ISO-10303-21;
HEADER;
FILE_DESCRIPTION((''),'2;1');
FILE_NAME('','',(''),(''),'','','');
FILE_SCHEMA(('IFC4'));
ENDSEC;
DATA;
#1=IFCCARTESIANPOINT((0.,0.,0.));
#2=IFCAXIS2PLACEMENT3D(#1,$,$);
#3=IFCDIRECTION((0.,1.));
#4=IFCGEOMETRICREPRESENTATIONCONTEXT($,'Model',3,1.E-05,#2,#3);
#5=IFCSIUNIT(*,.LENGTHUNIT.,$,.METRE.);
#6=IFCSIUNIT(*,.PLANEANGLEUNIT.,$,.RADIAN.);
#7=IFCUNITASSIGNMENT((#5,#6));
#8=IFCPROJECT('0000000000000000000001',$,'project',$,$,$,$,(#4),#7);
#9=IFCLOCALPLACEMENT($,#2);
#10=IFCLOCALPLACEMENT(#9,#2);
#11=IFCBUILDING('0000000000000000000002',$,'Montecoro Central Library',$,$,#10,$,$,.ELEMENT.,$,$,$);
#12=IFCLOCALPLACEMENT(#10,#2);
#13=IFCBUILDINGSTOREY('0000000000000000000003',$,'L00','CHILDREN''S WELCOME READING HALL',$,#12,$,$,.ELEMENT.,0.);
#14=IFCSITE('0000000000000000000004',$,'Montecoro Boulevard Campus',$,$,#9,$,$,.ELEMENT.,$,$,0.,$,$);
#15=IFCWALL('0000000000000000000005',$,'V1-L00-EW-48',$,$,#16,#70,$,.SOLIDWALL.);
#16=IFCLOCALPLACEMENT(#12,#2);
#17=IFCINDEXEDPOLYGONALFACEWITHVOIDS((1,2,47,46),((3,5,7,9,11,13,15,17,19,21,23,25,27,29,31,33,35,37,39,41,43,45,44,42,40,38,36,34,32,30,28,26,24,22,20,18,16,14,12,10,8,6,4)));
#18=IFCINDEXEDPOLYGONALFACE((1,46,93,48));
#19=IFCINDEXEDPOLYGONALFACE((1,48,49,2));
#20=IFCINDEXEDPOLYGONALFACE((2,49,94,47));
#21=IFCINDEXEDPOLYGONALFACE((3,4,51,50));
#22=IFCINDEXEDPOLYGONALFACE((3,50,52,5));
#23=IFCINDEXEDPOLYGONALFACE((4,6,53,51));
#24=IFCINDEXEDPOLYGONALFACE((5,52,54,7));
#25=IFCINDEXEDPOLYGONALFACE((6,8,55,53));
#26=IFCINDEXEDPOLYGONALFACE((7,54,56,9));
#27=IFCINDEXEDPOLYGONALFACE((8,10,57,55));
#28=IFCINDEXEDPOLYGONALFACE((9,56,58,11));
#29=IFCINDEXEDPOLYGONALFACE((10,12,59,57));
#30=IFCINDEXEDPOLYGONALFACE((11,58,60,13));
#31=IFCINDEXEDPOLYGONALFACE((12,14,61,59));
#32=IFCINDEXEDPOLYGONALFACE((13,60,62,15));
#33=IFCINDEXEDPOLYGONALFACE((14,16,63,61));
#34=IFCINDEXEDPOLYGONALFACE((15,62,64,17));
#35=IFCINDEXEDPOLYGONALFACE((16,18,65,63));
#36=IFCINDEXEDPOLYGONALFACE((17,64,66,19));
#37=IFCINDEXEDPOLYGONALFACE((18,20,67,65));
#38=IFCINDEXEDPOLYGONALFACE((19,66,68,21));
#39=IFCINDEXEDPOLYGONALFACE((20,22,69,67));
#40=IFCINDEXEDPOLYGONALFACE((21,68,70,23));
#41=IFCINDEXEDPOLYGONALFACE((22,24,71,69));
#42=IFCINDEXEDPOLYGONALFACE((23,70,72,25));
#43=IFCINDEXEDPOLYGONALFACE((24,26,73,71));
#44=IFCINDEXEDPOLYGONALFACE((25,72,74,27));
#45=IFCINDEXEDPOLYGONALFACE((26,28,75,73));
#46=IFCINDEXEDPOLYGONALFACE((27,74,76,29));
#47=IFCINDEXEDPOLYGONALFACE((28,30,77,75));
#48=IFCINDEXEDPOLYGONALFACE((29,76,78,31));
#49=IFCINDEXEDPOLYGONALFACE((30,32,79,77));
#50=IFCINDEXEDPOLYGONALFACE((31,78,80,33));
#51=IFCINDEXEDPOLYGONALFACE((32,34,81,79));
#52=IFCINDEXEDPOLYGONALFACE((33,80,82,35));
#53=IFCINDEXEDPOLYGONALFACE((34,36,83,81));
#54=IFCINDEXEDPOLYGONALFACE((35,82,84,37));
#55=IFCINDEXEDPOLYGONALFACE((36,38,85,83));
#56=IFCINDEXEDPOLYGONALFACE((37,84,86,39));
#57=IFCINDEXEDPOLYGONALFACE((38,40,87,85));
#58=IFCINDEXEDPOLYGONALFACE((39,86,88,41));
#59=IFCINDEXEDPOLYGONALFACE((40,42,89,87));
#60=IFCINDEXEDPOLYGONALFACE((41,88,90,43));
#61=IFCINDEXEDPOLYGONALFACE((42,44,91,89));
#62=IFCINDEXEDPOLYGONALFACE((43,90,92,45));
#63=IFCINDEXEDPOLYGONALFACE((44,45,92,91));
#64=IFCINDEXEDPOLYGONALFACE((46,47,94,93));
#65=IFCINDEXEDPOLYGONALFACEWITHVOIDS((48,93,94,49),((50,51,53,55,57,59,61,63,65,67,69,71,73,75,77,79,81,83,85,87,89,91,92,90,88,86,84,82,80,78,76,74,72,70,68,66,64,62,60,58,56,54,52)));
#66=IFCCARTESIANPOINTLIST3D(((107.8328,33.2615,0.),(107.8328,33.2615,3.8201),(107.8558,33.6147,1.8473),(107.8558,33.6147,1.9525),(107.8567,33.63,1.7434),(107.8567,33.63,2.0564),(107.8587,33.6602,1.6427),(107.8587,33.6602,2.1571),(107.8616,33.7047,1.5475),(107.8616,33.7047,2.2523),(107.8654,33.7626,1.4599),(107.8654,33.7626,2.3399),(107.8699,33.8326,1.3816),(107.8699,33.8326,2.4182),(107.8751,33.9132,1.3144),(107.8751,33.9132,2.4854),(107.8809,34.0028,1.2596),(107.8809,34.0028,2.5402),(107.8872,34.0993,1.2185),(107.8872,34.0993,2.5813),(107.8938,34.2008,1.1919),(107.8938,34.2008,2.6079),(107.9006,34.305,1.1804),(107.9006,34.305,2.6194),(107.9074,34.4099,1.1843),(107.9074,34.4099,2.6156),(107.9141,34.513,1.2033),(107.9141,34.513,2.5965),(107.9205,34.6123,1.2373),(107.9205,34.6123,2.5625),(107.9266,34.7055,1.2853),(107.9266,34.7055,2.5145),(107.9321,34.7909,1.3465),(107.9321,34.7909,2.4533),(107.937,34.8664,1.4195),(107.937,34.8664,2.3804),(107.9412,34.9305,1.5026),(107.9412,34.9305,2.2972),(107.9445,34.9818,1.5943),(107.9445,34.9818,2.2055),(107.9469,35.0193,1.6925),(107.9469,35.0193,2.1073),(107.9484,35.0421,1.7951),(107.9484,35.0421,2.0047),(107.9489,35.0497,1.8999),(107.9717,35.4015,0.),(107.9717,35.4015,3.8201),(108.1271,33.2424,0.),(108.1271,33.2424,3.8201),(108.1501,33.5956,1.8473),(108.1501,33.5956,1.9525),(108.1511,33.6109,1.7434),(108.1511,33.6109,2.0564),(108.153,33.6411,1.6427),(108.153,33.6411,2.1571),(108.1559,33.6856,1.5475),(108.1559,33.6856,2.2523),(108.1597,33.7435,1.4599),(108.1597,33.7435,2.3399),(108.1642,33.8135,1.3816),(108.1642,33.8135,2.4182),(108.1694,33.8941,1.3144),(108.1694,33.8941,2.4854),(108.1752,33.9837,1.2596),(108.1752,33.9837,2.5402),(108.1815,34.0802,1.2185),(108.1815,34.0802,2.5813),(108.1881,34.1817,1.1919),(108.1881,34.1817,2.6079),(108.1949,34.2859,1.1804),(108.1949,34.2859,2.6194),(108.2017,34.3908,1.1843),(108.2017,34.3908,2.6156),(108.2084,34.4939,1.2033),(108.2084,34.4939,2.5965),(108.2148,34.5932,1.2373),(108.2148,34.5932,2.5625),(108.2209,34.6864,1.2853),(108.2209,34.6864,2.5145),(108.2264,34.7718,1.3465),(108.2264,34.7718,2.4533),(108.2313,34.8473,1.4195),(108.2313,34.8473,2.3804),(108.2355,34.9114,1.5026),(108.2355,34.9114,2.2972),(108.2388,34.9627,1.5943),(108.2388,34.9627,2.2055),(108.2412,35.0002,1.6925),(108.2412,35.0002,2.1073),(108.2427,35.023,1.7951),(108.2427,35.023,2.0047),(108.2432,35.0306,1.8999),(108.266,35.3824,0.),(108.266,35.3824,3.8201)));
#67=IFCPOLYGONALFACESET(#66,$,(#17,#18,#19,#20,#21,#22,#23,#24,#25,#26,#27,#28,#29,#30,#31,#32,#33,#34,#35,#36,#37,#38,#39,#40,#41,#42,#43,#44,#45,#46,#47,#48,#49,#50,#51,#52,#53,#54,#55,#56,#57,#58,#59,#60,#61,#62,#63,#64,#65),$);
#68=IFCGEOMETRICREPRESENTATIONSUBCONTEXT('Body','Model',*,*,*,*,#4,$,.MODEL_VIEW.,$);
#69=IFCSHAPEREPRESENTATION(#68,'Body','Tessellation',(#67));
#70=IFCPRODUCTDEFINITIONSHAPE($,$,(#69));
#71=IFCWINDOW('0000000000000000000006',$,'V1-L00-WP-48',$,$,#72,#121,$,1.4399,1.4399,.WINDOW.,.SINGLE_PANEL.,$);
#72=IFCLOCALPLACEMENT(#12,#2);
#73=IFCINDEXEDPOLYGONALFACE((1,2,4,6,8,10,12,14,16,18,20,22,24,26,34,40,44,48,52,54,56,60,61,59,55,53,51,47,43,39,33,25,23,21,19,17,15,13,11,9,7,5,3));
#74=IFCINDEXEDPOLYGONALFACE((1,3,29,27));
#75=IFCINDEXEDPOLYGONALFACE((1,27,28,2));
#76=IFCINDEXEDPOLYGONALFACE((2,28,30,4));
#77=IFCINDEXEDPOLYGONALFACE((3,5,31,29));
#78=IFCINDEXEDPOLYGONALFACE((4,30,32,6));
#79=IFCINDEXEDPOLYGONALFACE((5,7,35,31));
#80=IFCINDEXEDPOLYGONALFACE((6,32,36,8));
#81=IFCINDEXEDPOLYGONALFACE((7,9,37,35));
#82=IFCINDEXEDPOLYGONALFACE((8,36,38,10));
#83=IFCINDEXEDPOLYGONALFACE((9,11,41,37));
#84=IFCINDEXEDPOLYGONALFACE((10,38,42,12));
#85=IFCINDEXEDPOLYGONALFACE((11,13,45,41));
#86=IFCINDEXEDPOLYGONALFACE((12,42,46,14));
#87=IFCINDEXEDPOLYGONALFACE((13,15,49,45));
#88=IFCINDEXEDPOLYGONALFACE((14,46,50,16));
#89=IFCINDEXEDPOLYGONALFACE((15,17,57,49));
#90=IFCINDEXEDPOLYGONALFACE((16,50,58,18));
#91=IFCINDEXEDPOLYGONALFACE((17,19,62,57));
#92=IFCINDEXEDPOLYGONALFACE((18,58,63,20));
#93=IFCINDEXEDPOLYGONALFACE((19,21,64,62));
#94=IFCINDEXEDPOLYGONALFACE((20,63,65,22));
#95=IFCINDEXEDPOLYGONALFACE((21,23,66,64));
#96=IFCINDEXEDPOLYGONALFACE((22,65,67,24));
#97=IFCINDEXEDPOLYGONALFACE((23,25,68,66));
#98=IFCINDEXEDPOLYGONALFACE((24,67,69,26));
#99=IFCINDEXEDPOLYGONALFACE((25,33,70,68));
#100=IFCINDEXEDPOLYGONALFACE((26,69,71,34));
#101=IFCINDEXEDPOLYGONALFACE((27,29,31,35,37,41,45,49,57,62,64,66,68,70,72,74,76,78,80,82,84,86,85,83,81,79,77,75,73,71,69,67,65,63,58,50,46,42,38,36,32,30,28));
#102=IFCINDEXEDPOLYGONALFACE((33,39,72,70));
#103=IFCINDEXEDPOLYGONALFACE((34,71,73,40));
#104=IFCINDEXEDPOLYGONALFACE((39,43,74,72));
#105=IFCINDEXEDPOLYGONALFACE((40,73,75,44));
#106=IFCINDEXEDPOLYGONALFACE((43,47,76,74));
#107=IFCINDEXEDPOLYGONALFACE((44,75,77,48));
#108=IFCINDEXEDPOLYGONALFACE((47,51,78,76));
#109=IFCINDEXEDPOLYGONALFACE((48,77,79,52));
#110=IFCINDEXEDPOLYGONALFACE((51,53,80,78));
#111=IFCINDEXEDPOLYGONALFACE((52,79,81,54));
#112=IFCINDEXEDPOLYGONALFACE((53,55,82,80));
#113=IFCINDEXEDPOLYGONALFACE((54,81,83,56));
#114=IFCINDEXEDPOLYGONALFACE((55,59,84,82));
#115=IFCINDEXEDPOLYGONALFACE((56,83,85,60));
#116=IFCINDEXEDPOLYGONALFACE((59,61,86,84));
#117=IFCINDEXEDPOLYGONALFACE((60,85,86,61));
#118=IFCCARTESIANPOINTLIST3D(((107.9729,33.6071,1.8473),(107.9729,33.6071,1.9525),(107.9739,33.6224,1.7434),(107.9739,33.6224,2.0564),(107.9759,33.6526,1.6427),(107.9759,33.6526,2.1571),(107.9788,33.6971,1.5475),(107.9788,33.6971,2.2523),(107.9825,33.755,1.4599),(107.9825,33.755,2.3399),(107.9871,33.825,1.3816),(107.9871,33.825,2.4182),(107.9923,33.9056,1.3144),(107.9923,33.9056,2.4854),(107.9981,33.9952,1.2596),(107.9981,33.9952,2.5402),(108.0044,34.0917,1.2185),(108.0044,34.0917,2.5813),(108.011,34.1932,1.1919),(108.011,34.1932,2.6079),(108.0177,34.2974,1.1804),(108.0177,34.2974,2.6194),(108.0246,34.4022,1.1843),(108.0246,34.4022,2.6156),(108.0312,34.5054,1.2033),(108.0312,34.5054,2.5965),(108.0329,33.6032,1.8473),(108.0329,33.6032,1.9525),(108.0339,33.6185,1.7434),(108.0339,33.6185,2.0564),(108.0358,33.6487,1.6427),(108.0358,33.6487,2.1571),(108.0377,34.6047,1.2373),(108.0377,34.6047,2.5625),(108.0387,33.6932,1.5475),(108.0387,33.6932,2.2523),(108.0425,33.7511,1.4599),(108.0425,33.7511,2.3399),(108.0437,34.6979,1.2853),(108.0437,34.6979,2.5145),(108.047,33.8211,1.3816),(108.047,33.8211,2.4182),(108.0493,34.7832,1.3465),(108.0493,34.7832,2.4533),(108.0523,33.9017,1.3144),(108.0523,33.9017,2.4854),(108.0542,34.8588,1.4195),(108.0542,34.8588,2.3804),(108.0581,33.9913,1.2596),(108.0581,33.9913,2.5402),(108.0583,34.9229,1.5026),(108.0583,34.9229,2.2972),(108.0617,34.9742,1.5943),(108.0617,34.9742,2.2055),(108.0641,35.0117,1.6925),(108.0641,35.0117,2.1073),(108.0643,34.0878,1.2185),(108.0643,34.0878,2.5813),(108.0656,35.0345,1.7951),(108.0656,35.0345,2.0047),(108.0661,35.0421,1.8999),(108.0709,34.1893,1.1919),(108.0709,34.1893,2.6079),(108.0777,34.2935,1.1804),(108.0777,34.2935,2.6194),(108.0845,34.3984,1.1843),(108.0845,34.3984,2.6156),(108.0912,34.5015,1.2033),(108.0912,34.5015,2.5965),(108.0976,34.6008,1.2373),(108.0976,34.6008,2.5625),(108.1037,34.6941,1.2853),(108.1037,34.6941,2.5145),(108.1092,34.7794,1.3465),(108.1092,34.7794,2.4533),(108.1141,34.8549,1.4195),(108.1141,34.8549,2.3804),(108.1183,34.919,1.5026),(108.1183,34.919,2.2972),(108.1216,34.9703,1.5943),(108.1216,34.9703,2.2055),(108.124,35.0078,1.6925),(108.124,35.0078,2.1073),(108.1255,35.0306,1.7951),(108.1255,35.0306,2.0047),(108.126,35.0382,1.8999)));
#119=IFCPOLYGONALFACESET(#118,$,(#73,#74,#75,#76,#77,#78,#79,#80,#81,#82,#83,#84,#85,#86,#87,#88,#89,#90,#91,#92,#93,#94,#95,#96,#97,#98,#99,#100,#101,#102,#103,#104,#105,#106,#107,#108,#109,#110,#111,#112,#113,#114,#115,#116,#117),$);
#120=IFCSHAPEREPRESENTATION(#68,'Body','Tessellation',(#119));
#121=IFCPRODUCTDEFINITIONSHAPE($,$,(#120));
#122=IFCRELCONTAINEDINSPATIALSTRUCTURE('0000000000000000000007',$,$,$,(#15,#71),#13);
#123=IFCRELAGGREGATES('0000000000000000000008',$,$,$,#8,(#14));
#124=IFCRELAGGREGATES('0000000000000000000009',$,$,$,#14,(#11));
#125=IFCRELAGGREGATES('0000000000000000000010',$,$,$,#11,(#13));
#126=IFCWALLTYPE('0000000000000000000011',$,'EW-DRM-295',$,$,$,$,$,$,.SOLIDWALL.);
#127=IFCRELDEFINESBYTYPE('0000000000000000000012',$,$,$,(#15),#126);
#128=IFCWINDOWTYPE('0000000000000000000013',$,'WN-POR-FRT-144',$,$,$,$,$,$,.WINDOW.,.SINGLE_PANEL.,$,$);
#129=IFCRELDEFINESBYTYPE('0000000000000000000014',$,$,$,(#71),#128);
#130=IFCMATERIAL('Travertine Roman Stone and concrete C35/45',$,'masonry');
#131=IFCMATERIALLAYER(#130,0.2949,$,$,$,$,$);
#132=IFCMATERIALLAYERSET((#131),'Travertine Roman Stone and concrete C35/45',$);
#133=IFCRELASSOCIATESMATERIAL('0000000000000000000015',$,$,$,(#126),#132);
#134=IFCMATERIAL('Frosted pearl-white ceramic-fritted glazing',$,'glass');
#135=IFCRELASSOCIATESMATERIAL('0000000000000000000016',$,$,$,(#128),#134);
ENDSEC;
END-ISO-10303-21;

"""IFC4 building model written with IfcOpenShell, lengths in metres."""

from ifc_helpers import new_model, si_unit, direction, frame, frame_2d, origin, place, context, subcontext, project, spatial, rectangle, circle, extrude, material, layer, layer_set, type_object, element, fill, save


model = new_model("IFC4")

# Units and contexts
model_context = context("Model", 3, precision=1e-05, world=origin(), true_north=direction((0.0, 1.0)))
body_context = subcontext(model_context, "Body", "Model", "MODEL_VIEW")
ifc_project = project(units=[si_unit("LENGTHUNIT", "METRE"), si_unit("PLANEANGLEUNIT", "RADIAN")], contexts=[model_context])

# Site, building, storey
site_placement = place(None, origin())
site = spatial("IfcSite", under=ifc_project, at=site_placement, Name="Montecoro Boulevard Campus", CompositionType="ELEMENT", RefElevation=0.0)
building_placement = place(site_placement, origin())
building = spatial("IfcBuilding", under=site, at=building_placement, Name="Montecoro Central Library", CompositionType="ELEMENT")
storey_placement = place(building_placement, origin())
storey = spatial("IfcBuildingStorey", under=building, at=storey_placement, Name="L00", Description="CHILDREN'S WELCOME READING HALL", CompositionType="ELEMENT", Elevation=0.0)

# Wall, opening, window
ifc_material_1 = material(Name="Travertine Roman Stone and concrete C35/45", Category="masonry")
ifc_layer_1 = layer(ifc_material_1, 0.2949)
ifc_layer_set_1 = layer_set([ifc_layer_1], Name="Travertine Roman Stone and concrete C35/45")
wall_type = type_object("IfcWallType", Name="EW-DRM-295", PredefinedType="SOLIDWALL", material=ifc_layer_set_1)
ifc_material_2 = material(Name="Frosted pearl-white ceramic-fritted glazing", Category="glass")
window_type_1 = type_object("IfcWindowType", Name="WN-POR-FRT-144", PartitioningType="SINGLE_PANEL", PredefinedType="WINDOW", material=ifc_material_2)
wall_1_placement = place(storey_placement, frame((107.98, 33.252, 0.0), z_axis=(0.0, 0.0, 1.0), x_axis=(0.064774, 0.9979, 0.0)))
wall_1 = element("IfcWall", 1, at=wall_1_placement, inside=storey, type_object=wall_type, Name="V1-L00-EW-48", PredefinedType="SOLIDWALL", context=body_context, shape_type="SweptSolid", body=[
    extrude(rectangle(XDim=2.1445, YDim=0.2949, at=frame_2d((1.0723, 0.0))), origin(), (0.0, 0.0, 1.0), 3.8201),
])
opening_1_placement = place(wall_1_placement, frame((0.3521, 0.0, 1.1799)))
opening_1 = element("IfcOpeningElement", 2, at=opening_1_placement, cuts=wall_1, PredefinedType="OPENING", context=body_context, shape_type="SweptSolid", body=[
    extrude(circle(Radius=0.72, at=frame_2d((0.72, 0.72))), frame((0.0, 0.1575, 0.0), z_axis=(0.0, -1.0, 0.0), x_axis=(1.0, 0.0, 0.0)), (0.0, 0.0, 1.0), 0.3149),
])
window_1_placement = place(opening_1_placement, origin())
window_1 = element("IfcWindow", 3, at=window_1_placement, inside=storey, type_object=window_type_1, Name="V1-L00-WP-48", OverallHeight=1.4399, OverallWidth=1.4399, PartitioningType="SINGLE_PANEL", PredefinedType="WINDOW", context=body_context, shape_type="SweptSolid", body=[
    extrude(circle(Radius=0.72, at=frame_2d((0.72, 0.72))), frame((0.0, 0.03, 0.0), z_axis=(0.0, -1.0, 0.0), x_axis=(1.0, 0.0, 0.0)), (0.0, 0.0, 1.0), 0.0601),
])
fill(opening_1, window_1)

save(model, "model.ifc")
